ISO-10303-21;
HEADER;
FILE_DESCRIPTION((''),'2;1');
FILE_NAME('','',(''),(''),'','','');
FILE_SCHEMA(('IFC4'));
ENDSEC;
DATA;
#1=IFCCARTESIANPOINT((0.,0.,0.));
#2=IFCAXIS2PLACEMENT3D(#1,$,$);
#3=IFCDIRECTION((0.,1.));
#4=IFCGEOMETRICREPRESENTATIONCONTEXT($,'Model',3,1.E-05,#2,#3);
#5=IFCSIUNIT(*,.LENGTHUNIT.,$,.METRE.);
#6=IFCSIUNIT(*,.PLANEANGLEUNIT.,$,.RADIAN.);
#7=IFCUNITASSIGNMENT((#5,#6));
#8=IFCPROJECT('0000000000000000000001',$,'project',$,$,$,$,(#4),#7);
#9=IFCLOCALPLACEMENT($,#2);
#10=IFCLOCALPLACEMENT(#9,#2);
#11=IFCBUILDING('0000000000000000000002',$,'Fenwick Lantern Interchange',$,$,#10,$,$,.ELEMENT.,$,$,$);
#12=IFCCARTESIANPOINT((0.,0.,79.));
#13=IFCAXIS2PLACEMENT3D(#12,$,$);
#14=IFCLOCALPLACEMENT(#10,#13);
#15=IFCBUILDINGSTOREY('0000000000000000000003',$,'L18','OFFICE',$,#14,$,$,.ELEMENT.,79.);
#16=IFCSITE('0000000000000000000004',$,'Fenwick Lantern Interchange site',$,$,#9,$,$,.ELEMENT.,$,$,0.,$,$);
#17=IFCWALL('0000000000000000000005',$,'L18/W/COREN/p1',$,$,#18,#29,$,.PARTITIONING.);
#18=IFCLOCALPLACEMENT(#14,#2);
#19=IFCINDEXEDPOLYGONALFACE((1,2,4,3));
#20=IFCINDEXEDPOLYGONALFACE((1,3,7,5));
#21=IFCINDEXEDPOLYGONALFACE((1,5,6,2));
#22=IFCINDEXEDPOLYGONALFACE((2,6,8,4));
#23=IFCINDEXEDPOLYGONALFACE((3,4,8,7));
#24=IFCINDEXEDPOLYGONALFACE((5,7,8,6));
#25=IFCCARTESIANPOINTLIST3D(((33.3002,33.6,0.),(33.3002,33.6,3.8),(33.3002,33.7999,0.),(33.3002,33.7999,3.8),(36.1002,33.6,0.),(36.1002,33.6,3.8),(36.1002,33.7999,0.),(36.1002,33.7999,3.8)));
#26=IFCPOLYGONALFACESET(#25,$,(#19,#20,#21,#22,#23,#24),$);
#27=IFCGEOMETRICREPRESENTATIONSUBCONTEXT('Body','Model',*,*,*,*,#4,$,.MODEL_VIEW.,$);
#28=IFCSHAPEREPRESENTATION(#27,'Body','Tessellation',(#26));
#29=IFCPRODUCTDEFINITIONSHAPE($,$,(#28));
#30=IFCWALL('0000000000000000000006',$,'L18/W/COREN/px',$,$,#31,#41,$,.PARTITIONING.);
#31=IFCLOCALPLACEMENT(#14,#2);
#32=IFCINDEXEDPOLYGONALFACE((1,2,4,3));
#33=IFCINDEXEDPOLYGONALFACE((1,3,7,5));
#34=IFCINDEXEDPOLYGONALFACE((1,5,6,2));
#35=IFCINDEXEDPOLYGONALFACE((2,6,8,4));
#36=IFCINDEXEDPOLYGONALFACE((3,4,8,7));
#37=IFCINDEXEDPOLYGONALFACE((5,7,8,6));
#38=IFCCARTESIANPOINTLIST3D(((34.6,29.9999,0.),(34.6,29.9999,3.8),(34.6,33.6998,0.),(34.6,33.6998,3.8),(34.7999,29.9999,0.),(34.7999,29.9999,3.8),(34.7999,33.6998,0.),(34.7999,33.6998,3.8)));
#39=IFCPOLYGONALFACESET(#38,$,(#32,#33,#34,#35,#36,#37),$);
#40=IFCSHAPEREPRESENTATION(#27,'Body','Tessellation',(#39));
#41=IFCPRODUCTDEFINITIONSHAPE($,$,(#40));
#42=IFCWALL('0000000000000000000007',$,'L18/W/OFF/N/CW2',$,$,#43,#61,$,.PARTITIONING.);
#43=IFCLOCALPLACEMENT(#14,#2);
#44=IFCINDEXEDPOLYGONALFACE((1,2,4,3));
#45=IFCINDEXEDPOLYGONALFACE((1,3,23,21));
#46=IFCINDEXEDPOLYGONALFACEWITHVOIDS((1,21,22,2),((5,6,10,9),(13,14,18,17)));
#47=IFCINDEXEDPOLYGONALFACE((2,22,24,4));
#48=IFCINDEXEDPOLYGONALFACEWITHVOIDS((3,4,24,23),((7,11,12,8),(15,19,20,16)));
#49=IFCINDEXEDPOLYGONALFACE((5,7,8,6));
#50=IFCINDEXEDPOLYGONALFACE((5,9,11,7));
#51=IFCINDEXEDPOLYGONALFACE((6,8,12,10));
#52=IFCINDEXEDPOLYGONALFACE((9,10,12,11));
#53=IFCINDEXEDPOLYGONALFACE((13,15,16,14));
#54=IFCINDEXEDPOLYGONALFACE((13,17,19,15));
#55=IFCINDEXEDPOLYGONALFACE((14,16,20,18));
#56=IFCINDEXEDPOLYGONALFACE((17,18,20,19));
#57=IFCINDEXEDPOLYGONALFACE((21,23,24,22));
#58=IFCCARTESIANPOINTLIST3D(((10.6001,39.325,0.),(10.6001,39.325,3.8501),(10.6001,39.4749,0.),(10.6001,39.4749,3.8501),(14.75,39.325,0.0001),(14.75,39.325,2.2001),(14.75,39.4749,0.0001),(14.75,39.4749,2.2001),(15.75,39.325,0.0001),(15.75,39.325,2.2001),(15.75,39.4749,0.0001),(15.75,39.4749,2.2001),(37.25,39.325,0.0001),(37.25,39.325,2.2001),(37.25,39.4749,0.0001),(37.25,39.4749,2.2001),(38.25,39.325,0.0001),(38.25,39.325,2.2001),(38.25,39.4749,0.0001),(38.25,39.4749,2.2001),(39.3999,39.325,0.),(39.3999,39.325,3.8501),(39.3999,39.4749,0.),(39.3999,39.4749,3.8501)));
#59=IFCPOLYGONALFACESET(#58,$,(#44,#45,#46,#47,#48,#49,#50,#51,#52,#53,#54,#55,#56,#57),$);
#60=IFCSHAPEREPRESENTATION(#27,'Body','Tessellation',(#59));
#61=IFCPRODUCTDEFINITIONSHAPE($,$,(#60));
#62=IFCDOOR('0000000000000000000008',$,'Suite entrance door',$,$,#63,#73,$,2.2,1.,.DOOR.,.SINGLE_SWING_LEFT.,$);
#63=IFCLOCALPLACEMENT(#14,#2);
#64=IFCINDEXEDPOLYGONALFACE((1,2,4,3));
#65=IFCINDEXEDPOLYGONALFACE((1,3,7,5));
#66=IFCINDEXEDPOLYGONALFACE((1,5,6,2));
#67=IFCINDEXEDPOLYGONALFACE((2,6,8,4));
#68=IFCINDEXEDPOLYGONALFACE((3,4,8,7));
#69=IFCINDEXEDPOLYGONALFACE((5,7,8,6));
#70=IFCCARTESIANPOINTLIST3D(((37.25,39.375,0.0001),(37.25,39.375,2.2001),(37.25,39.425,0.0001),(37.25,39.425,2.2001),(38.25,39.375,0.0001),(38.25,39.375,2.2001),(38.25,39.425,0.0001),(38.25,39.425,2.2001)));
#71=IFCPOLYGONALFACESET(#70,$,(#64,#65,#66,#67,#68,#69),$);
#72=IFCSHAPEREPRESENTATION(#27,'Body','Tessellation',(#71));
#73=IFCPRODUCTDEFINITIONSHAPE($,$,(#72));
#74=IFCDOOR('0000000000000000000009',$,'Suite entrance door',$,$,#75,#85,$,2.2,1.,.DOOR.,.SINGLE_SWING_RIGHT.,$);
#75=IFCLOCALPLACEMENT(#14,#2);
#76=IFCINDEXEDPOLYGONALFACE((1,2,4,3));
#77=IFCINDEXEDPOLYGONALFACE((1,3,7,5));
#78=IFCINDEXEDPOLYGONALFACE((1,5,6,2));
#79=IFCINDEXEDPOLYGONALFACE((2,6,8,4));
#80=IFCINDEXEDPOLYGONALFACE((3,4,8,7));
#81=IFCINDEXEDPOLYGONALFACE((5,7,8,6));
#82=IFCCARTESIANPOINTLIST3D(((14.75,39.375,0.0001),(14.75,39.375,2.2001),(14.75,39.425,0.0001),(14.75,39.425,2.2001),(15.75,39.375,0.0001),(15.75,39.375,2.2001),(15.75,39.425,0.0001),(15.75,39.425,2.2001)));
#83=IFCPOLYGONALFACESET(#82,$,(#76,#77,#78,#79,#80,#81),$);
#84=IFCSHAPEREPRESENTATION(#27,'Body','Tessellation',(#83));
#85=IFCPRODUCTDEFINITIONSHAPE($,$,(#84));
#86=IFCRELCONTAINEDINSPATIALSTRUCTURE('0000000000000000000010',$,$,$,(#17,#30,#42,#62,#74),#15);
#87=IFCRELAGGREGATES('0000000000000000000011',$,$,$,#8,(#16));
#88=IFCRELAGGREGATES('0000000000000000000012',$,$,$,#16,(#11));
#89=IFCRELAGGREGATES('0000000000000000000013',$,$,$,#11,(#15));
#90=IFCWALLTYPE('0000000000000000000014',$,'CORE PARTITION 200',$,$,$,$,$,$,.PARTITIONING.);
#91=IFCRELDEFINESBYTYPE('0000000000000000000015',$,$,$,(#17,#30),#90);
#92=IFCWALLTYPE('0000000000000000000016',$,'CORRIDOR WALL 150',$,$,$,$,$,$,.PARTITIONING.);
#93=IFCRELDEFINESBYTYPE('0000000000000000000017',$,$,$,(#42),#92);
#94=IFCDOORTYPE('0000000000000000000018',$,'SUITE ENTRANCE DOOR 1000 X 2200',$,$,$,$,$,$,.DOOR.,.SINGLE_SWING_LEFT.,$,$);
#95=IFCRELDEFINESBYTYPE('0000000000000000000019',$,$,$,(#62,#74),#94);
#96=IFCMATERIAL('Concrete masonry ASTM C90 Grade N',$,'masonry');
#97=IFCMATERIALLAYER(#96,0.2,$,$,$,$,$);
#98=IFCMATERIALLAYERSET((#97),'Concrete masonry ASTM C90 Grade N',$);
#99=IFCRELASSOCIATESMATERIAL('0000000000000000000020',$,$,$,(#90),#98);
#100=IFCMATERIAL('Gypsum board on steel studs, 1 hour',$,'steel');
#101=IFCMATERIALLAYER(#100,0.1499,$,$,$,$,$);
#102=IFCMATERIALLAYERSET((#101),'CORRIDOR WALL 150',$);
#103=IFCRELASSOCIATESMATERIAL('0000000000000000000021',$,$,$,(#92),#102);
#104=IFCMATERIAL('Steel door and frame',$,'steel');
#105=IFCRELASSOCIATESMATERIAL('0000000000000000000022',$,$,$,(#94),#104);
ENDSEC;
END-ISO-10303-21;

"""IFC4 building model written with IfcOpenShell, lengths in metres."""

from ifc_helpers import new_model, si_unit, direction, frame, frame_2d, origin, place, context, subcontext, project, spatial, rectangle, extrude, material, layer, layer_set, type_object, element, fill, save


model = new_model("IFC4")

# Units and contexts
model_context = context("Model", 3, precision=1e-05, world=origin(), true_north=direction((0.0, 1.0)))
body_context = subcontext(model_context, "Body", "Model", "MODEL_VIEW")
ifc_project = project(units=[si_unit("LENGTHUNIT", "METRE"), si_unit("PLANEANGLEUNIT", "RADIAN")], contexts=[model_context])

# Site, building, storey
site_placement = place(None, origin())
site = spatial("IfcSite", under=ifc_project, at=site_placement, Name="Fenwick Lantern Interchange site", CompositionType="ELEMENT", RefElevation=0.0)
building_placement = place(site_placement, origin())
building = spatial("IfcBuilding", under=site, at=building_placement, Name="Fenwick Lantern Interchange", CompositionType="ELEMENT")
storey_placement = place(building_placement, frame((0.0, 0.0, 79.0)))
storey = spatial("IfcBuildingStorey", under=building, at=storey_placement, Name="L18", Description="OFFICE", CompositionType="ELEMENT", Elevation=79.0)

# Walls
ifc_material_1 = material(Name="Concrete masonry ASTM C90 Grade N", Category="masonry")
ifc_layer_1 = layer(ifc_material_1, 0.2)
ifc_layer_set_1 = layer_set([ifc_layer_1], Name="Concrete masonry ASTM C90 Grade N")
wall_type_1 = type_object("IfcWallType", Name="CORE PARTITION 200", PredefinedType="PARTITIONING", material=ifc_layer_set_1)
for number, where, z_axis, x_axis, name in (
    (1, (36.1001, 33.7, 0.0), (0.0, 0.0, 1.0), (-1.0, 0.0, 0.0), "L18/W/COREN/p1"),
):
    element("IfcWall", number, at=place(storey_placement, frame(where, z_axis=z_axis, x_axis=x_axis)), inside=storey, type_object=wall_type_1, Name=name, PredefinedType="PARTITIONING", context=body_context, shape_type="SweptSolid", body=[
        extrude(rectangle(XDim=2.8, YDim=0.2, at=frame_2d((1.3999, 0.0))), origin(), (0.0, 0.0, 1.0), 3.8),
    ])
wall_1_placement = place(storey_placement, frame((34.7, 33.7, 0.0), z_axis=(0.0, 0.0, 1.0), x_axis=(0.0, -1.0, 0.0)))
element("IfcWall", 2, at=wall_1_placement, inside=storey, type_object=wall_type_1, Name="L18/W/COREN/px", PredefinedType="PARTITIONING", context=body_context, shape_type="SweptSolid", body=[
    extrude(rectangle(XDim=3.7, YDim=0.2, at=frame_2d((1.8501, 0.0))), origin(), (0.0, 0.0, 1.0), 3.8),
])

# Wall, openings, doors
ifc_material_2 = material(Name="Steel door and frame", Category="steel")
ifc_material_3 = material(Name="Gypsum board on steel studs, 1 hour", Category="steel")
ifc_layer_2 = layer(ifc_material_3, 0.1499)
ifc_layer_set_2 = layer_set([ifc_layer_2], Name="CORRIDOR WALL 150")
wall_type_2 = type_object("IfcWallType", Name="CORRIDOR WALL 150", PredefinedType="PARTITIONING", material=ifc_layer_set_2)
wall_2_placement = place(storey_placement, frame((39.3999, 39.3999, 0.0), z_axis=(0.0, 0.0, 1.0), x_axis=(-1.0, 0.0, 0.0)))
wall_2 = element("IfcWall", 3, at=wall_2_placement, inside=storey, type_object=wall_type_2, Name="L18/W/OFF/N/CW2", PredefinedType="PARTITIONING", context=body_context, shape_type="SweptSolid", body=[
    extrude(rectangle(XDim=28.7998, YDim=0.1499, at=frame_2d((14.3999, 0.0))), origin(), (0.0, 0.0, 1.0), 3.8501),
])
opening_1_placement = place(wall_2_placement, frame((1.1499, 0.0, 0.0)))
opening_1 = element("IfcOpeningElement", 4, at=opening_1_placement, cuts=wall_2, PredefinedType="OPENING", context=body_context, shape_type="SweptSolid", body=[
    extrude(rectangle(XDim=1.0, YDim=2.2, at=frame_2d((0.5, 1.1001))), frame((0.0, 0.085, 0.0), z_axis=(0.0, -1.0, 0.0), x_axis=(1.0, 0.0, 0.0)), (0.0, 0.0, 1.0), 0.1699),
])
opening_2_placement = place(wall_2_placement, frame((23.6499, 0.0, 0.0)))
opening_2 = element("IfcOpeningElement", 5, at=opening_2_placement, cuts=wall_2, PredefinedType="OPENING", context=body_context, shape_type="SweptSolid", body=[
    extrude(rectangle(XDim=1.0, YDim=2.2, at=frame_2d((0.5, 1.1001))), frame((0.0, 0.085, 0.0), z_axis=(0.0, -1.0, 0.0), x_axis=(1.0, 0.0, 0.0)), (0.0, 0.0, 1.0), 0.1699),
])
door_type_1 = type_object("IfcDoorType", Name="SUITE ENTRANCE DOOR 1000 X 2200", OperationType="SINGLE_SWING_LEFT", PredefinedType="DOOR", material=ifc_material_2)
door_1_placement = place(opening_1_placement, origin())
door_1 = element("IfcDoor", 6, at=door_1_placement, inside=storey, type_object=door_type_1, Name="Suite entrance door", OperationType="SINGLE_SWING_LEFT", OverallHeight=2.2, OverallWidth=1.0, PredefinedType="DOOR", context=body_context, shape_type="SweptSolid", body=[
    extrude(rectangle(XDim=1.0, YDim=2.2, at=frame_2d((0.5, 1.1001))), frame((0.0, 0.0249, 0.0), z_axis=(0.0, -1.0, 0.0), x_axis=(1.0, 0.0, 0.0)), (0.0, 0.0, 1.0), 0.05),
])
fill(opening_1, door_1)
door_2_placement = place(opening_2_placement, origin())
door_2 = element("IfcDoor", 7, at=door_2_placement, inside=storey, type_object=door_type_1, Name="Suite entrance door", OperationType="SINGLE_SWING_RIGHT", OverallHeight=2.2, OverallWidth=1.0, PredefinedType="DOOR", context=body_context, shape_type="SweptSolid", body=[
    extrude(rectangle(XDim=1.0, YDim=2.2, at=frame_2d((0.5, 1.1001))), frame((0.0, 0.0249, 0.0), z_axis=(0.0, -1.0, 0.0), x_axis=(1.0, 0.0, 0.0)), (0.0, 0.0, 1.0), 0.05),
])
fill(opening_2, door_2)

save(model, "model.ifc")
